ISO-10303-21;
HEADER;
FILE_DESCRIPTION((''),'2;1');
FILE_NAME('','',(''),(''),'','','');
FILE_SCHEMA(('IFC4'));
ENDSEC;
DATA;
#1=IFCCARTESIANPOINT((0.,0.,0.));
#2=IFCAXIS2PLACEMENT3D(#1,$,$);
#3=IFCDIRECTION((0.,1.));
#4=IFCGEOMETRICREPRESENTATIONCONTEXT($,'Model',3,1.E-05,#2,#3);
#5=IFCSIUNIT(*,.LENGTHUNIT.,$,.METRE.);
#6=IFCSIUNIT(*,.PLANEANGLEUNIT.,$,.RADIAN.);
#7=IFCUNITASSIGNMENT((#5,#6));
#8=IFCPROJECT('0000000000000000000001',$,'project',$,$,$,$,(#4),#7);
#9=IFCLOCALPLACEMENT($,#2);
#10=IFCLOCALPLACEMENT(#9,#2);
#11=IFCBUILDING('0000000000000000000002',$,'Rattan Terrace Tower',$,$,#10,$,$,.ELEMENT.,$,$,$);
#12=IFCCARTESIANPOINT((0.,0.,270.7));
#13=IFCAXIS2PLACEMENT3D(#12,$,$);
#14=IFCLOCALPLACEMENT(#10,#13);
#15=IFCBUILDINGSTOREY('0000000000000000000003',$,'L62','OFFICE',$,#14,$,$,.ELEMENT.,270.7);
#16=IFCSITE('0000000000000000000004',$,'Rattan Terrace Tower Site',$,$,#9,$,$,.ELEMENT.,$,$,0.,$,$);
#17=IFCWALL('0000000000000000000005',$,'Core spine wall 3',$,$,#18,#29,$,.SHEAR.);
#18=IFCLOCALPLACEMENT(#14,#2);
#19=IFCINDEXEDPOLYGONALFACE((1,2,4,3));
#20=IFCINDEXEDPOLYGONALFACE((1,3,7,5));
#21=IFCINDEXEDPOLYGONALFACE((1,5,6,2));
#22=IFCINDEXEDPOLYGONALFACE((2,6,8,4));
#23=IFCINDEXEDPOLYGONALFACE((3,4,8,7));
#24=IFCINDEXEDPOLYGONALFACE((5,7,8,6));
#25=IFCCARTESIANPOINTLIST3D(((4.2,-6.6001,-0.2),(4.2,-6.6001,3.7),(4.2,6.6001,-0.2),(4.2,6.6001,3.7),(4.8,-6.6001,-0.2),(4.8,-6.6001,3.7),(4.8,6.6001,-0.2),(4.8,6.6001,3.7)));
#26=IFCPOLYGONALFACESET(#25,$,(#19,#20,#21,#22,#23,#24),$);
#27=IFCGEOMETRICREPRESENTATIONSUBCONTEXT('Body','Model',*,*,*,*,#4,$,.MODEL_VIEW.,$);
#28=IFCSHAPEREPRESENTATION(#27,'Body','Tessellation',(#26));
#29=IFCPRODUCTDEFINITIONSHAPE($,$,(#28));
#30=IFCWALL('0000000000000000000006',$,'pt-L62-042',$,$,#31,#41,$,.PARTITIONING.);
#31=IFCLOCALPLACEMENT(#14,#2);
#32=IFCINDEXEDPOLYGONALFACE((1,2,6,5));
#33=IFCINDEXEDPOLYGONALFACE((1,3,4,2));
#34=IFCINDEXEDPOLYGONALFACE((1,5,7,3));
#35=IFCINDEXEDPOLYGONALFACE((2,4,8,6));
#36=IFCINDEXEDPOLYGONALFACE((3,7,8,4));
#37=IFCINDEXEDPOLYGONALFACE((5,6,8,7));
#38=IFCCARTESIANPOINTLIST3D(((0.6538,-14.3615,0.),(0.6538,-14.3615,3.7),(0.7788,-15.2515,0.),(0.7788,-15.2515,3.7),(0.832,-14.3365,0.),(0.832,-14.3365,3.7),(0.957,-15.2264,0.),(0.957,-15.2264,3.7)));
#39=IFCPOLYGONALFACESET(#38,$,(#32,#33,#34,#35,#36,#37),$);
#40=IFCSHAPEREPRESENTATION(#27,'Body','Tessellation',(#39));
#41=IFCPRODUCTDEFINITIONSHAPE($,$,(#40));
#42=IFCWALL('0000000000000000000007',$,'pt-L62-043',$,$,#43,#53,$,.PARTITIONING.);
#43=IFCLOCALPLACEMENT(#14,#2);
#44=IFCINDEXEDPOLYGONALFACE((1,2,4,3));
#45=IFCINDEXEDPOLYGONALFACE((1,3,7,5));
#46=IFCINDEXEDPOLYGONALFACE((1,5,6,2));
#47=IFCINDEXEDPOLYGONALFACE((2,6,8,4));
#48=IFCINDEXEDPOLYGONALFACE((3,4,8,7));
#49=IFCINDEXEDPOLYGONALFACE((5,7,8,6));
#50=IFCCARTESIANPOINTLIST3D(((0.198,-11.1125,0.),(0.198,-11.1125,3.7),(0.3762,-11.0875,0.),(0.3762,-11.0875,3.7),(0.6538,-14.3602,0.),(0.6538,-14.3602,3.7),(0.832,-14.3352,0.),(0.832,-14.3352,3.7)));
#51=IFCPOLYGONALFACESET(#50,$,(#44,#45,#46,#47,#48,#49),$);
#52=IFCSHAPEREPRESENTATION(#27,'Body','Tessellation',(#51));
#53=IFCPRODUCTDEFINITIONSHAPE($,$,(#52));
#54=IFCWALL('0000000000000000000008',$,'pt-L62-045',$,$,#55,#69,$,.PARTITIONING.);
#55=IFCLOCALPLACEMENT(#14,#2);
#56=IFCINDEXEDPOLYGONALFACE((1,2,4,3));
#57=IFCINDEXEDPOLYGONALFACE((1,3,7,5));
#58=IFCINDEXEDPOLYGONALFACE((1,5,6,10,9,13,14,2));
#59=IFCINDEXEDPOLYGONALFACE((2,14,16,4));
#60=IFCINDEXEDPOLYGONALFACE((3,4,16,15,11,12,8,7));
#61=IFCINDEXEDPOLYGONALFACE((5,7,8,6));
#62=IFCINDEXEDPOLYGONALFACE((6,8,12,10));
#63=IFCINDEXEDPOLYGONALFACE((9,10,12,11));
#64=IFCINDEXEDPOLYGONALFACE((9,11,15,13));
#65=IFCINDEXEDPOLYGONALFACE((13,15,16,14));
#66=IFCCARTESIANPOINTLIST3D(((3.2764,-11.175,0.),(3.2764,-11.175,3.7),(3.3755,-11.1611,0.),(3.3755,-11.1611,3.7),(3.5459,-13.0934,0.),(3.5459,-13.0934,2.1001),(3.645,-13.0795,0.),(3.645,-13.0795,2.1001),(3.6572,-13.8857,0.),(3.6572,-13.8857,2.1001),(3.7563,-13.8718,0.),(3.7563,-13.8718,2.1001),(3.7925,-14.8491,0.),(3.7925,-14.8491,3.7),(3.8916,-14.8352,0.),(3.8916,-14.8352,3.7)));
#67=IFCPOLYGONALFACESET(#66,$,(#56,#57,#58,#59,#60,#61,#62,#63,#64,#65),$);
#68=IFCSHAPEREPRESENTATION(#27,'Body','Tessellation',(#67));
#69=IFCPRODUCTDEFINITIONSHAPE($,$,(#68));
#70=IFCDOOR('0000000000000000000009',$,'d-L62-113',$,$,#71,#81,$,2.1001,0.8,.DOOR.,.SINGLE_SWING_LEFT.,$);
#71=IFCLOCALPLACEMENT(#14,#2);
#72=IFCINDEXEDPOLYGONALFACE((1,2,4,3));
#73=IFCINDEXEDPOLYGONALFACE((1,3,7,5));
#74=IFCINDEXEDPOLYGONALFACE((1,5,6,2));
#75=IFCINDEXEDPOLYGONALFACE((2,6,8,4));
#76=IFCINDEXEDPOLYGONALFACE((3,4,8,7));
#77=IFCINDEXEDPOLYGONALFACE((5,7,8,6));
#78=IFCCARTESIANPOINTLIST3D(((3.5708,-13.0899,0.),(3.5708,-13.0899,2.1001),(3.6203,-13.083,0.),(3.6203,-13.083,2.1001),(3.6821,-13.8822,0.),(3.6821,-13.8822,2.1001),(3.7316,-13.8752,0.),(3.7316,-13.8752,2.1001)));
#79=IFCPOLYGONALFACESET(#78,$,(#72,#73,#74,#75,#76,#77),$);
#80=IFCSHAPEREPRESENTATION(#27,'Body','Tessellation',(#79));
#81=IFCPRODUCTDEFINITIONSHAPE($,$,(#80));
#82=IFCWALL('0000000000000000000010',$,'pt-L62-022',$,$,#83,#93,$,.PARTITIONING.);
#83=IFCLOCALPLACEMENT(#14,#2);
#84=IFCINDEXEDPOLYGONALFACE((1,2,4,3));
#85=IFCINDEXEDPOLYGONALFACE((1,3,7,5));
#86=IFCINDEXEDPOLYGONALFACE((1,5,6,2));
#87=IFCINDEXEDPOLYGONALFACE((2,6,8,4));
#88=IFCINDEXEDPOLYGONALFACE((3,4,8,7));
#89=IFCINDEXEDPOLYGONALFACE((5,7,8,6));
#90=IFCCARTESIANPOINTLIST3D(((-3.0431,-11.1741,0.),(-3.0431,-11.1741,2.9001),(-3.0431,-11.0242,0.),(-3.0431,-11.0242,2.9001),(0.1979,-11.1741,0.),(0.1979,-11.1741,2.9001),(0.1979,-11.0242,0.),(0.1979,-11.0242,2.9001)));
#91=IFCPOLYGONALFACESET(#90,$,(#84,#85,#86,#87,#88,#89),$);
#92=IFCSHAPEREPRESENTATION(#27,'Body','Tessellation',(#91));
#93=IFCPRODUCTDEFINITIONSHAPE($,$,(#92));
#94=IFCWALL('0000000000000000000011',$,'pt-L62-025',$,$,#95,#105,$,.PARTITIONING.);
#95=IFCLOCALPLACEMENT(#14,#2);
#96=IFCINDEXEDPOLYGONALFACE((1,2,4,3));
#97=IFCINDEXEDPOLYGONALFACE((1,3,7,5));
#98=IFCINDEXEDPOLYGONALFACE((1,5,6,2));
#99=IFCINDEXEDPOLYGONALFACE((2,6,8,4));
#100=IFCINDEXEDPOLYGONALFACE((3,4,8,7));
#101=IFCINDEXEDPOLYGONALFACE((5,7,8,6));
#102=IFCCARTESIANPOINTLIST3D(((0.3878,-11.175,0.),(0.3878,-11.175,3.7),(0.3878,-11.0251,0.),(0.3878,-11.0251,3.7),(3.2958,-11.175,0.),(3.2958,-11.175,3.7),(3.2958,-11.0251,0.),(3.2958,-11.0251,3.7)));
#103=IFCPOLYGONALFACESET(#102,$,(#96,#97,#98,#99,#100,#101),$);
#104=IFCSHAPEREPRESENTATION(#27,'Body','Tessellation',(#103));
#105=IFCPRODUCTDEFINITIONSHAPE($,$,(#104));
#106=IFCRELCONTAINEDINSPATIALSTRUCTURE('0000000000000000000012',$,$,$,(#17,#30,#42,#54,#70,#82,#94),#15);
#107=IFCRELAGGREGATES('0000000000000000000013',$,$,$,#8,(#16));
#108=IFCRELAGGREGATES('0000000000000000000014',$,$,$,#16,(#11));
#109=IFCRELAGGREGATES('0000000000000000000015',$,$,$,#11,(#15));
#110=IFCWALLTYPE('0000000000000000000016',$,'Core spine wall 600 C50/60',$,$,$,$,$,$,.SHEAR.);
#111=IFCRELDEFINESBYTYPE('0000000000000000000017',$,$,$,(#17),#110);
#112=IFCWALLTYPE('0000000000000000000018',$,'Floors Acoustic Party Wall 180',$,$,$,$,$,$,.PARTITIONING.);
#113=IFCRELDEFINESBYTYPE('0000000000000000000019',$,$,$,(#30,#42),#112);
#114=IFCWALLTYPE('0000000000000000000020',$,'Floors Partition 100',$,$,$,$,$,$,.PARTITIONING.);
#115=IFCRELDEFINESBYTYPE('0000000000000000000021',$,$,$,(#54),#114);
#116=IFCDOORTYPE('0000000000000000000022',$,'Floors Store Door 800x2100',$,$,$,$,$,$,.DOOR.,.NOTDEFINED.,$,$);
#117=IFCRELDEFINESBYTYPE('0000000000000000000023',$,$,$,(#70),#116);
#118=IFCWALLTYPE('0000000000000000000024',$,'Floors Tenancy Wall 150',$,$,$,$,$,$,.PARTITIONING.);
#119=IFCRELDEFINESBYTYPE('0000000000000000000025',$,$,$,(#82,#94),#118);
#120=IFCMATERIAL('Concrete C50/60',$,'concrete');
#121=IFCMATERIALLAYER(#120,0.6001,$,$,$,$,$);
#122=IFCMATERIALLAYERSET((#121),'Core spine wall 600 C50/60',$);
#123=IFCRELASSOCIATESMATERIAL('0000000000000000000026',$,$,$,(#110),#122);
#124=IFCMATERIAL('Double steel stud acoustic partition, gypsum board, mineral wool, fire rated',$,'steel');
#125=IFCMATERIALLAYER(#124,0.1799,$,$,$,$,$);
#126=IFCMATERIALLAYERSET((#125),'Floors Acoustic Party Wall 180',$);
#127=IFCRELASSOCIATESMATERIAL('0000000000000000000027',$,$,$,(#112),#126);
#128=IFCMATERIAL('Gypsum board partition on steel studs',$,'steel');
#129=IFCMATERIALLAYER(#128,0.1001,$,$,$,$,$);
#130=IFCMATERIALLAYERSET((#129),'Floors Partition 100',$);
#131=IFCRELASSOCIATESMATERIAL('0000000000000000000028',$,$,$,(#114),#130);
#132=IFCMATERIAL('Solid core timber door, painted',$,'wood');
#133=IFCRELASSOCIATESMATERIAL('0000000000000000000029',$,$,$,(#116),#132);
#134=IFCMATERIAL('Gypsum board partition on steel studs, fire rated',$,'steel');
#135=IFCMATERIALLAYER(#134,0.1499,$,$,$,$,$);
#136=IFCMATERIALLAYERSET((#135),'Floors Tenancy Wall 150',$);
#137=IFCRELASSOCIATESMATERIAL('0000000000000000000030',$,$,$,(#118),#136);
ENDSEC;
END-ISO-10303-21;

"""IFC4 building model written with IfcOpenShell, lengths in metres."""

from ifc_helpers import new_model, si_unit, direction, frame, frame_2d, origin, place, context, subcontext, project, spatial, rectangle, extrude, material, layer, layer_set, type_object, element, fill, save


model = new_model("IFC4")

# Units and contexts
model_context = context("Model", 3, precision=1e-05, world=origin(), true_north=direction((0.0, 1.0)))
body_context = subcontext(model_context, "Body", "Model", "MODEL_VIEW")
ifc_project = project(units=[si_unit("LENGTHUNIT", "METRE"), si_unit("PLANEANGLEUNIT", "RADIAN")], contexts=[model_context])

# Site, building, storey
site_placement = place(None, origin())
site = spatial("IfcSite", under=ifc_project, at=site_placement, Name="Rattan Terrace Tower Site", CompositionType="ELEMENT", RefElevation=0.0)
building_placement = place(site_placement, origin())
building = spatial("IfcBuilding", under=site, at=building_placement, Name="Rattan Terrace Tower", CompositionType="ELEMENT")
storey_placement = place(building_placement, frame((0.0, 0.0, 270.7)))
storey = spatial("IfcBuildingStorey", under=building, at=storey_placement, Name="L62", Description="OFFICE", CompositionType="ELEMENT", Elevation=270.7)

# Walls
ifc_material_1 = material(Name="Concrete C50/60", Category="concrete")
ifc_layer_1 = layer(ifc_material_1, 0.6001)
ifc_layer_set_1 = layer_set([ifc_layer_1], Name="Core spine wall 600 C50/60")
wall_type_1 = type_object("IfcWallType", Name="Core spine wall 600 C50/60", PredefinedType="SHEAR", material=ifc_layer_set_1)
wall_1_placement = place(storey_placement, frame((4.5, -6.6001, -0.2), z_axis=(0.0, 0.0, 1.0), x_axis=(0.0, 1.0, 0.0)))
element("IfcWall", 1, at=wall_1_placement, inside=storey, type_object=wall_type_1, Name="Core spine wall 3", PredefinedType="SHEAR", context=body_context, shape_type="SweptSolid", body=[
    extrude(rectangle(XDim=13.2002, YDim=0.6001, at=frame_2d((6.6001, 0.0))), origin(), (0.0, 0.0, 1.0), 3.8999),
])
ifc_material_2 = material(Name="Double steel stud acoustic partition, gypsum board, mineral wool, fire rated", Category="steel")
ifc_layer_2 = layer(ifc_material_2, 0.1799)
ifc_layer_set_2 = layer_set([ifc_layer_2], Name="Floors Acoustic Party Wall 180")
wall_type_2 = type_object("IfcWallType", Name="Floors Acoustic Party Wall 180", PredefinedType="PARTITIONING", material=ifc_layer_set_2)
wall_2_placement = place(storey_placement, frame((0.7429, -14.3491, 0.0), z_axis=(0.0, 0.0, 1.0), x_axis=(0.139101, -0.990278, 0.0)))
element("IfcWall", 2, at=wall_2_placement, inside=storey, type_object=wall_type_2, Name="pt-L62-042", PredefinedType="PARTITIONING", context=body_context, shape_type="SweptSolid", body=[
    extrude(rectangle(XDim=0.8987, YDim=0.1799, at=frame_2d((0.4492, 0.0))), origin(), (0.0, 0.0, 1.0), 3.7),
])
wall_3_placement = place(storey_placement, frame((0.2871, -11.1001, 0.0), z_axis=(0.0, 0.0, 1.0), x_axis=(0.138982, -0.990295, 0.0)))
element("IfcWall", 3, at=wall_3_placement, inside=storey, type_object=wall_type_2, Name="pt-L62-043", PredefinedType="PARTITIONING", context=body_context, shape_type="SweptSolid", body=[
    extrude(rectangle(XDim=3.2795, YDim=0.1799, at=frame_2d((1.6396, 0.0))), origin(), (0.0, 0.0, 1.0), 3.7),
])

# Wall, opening, door
ifc_material_3 = material(Name="Gypsum board partition on steel studs", Category="steel")
ifc_layer_3 = layer(ifc_material_3, 0.1001)
ifc_layer_set_3 = layer_set([ifc_layer_3], Name="Floors Partition 100")
wall_type_3 = type_object("IfcWallType", Name="Floors Partition 100", PredefinedType="PARTITIONING", material=ifc_layer_set_3)
wall_4_placement = place(storey_placement, frame((3.842, -14.842, 0.0), z_axis=(0.0, 0.0, 1.0), x_axis=(-0.139109, 0.990277, 0.0)))
wall_4 = element("IfcWall", 4, at=wall_4_placement, inside=storey, type_object=wall_type_3, Name="pt-L62-045", PredefinedType="PARTITIONING", context=body_context, shape_type="SweptSolid", body=[
    extrude(rectangle(XDim=3.7102, YDim=0.1001, at=frame_2d((1.855, 0.0))), origin(), (0.0, 0.0, 1.0), 3.7),
])
opening_1_placement = place(wall_4_placement, frame((0.9729, 0.0, 0.0)))
opening_1 = element("IfcOpeningElement", 5, at=opening_1_placement, cuts=wall_4, PredefinedType="OPENING", context=body_context, shape_type="SweptSolid", body=[
    extrude(rectangle(XDim=0.8, YDim=2.1001, at=frame_2d((0.3999, 1.05))), frame((0.0, 0.0605, 0.0), z_axis=(0.0, -1.0, 0.0), x_axis=(1.0, 0.0, 0.0)), (0.0, 0.0, 1.0), 0.1211),
])
ifc_material_4 = material(Name="Solid core timber door, painted", Category="wood")
door_type_1 = type_object("IfcDoorType", Name="Floors Store Door 800x2100", OperationType="NOTDEFINED", PredefinedType="DOOR", material=ifc_material_4)
door_1_placement = place(opening_1_placement, origin())
door_1 = element("IfcDoor", 6, at=door_1_placement, inside=storey, type_object=door_type_1, Name="d-L62-113", OperationType="SINGLE_SWING_LEFT", OverallHeight=2.1001, OverallWidth=0.8, PredefinedType="DOOR", context=body_context, shape_type="SweptSolid", body=[
    extrude(rectangle(XDim=0.8, YDim=2.1001, at=frame_2d((0.3999, 1.05))), frame((0.0, 0.0249, 0.0), z_axis=(0.0, -1.0, 0.0), x_axis=(1.0, 0.0, 0.0)), (0.0, 0.0, 1.0), 0.05),
])
fill(opening_1, door_1)

# Walls
ifc_material_5 = material(Name="Gypsum board partition on steel studs, fire rated", Category="steel")
ifc_layer_4 = layer(ifc_material_5, 0.1499)
ifc_layer_set_4 = layer_set([ifc_layer_4], Name="Floors Tenancy Wall 150")
wall_type_4 = type_object("IfcWallType", Name="Floors Tenancy Wall 150", PredefinedType="PARTITIONING", material=ifc_layer_set_4)
wall_5_placement = place(storey_placement, frame((0.198, -11.0991, 0.0), z_axis=(0.0, 0.0, 1.0), x_axis=(-1.0, 0.0, 0.0)))
element("IfcWall", 7, at=wall_5_placement, inside=storey, type_object=wall_type_4, Name="pt-L62-022", PredefinedType="PARTITIONING", context=body_context, shape_type="SweptSolid", body=[
    extrude(rectangle(XDim=3.241, YDim=0.1499, at=frame_2d((1.6206, 0.0))), origin(), (0.0, 0.0, 1.0), 2.9001),
])
wall_6_placement = place(storey_placement, frame((3.2959, -11.1001, 0.0), z_axis=(0.0, 0.0, 1.0), x_axis=(-1.0, 0.0, 0.0)))
element("IfcWall", 8, at=wall_6_placement, inside=storey, type_object=wall_type_4, Name="pt-L62-025", PredefinedType="PARTITIONING", context=body_context, shape_type="SweptSolid", body=[
    extrude(rectangle(XDim=2.908, YDim=0.1499, at=frame_2d((1.4541, 0.0))), origin(), (0.0, 0.0, 1.0), 3.7),
])

save(model, "model.ifc")
